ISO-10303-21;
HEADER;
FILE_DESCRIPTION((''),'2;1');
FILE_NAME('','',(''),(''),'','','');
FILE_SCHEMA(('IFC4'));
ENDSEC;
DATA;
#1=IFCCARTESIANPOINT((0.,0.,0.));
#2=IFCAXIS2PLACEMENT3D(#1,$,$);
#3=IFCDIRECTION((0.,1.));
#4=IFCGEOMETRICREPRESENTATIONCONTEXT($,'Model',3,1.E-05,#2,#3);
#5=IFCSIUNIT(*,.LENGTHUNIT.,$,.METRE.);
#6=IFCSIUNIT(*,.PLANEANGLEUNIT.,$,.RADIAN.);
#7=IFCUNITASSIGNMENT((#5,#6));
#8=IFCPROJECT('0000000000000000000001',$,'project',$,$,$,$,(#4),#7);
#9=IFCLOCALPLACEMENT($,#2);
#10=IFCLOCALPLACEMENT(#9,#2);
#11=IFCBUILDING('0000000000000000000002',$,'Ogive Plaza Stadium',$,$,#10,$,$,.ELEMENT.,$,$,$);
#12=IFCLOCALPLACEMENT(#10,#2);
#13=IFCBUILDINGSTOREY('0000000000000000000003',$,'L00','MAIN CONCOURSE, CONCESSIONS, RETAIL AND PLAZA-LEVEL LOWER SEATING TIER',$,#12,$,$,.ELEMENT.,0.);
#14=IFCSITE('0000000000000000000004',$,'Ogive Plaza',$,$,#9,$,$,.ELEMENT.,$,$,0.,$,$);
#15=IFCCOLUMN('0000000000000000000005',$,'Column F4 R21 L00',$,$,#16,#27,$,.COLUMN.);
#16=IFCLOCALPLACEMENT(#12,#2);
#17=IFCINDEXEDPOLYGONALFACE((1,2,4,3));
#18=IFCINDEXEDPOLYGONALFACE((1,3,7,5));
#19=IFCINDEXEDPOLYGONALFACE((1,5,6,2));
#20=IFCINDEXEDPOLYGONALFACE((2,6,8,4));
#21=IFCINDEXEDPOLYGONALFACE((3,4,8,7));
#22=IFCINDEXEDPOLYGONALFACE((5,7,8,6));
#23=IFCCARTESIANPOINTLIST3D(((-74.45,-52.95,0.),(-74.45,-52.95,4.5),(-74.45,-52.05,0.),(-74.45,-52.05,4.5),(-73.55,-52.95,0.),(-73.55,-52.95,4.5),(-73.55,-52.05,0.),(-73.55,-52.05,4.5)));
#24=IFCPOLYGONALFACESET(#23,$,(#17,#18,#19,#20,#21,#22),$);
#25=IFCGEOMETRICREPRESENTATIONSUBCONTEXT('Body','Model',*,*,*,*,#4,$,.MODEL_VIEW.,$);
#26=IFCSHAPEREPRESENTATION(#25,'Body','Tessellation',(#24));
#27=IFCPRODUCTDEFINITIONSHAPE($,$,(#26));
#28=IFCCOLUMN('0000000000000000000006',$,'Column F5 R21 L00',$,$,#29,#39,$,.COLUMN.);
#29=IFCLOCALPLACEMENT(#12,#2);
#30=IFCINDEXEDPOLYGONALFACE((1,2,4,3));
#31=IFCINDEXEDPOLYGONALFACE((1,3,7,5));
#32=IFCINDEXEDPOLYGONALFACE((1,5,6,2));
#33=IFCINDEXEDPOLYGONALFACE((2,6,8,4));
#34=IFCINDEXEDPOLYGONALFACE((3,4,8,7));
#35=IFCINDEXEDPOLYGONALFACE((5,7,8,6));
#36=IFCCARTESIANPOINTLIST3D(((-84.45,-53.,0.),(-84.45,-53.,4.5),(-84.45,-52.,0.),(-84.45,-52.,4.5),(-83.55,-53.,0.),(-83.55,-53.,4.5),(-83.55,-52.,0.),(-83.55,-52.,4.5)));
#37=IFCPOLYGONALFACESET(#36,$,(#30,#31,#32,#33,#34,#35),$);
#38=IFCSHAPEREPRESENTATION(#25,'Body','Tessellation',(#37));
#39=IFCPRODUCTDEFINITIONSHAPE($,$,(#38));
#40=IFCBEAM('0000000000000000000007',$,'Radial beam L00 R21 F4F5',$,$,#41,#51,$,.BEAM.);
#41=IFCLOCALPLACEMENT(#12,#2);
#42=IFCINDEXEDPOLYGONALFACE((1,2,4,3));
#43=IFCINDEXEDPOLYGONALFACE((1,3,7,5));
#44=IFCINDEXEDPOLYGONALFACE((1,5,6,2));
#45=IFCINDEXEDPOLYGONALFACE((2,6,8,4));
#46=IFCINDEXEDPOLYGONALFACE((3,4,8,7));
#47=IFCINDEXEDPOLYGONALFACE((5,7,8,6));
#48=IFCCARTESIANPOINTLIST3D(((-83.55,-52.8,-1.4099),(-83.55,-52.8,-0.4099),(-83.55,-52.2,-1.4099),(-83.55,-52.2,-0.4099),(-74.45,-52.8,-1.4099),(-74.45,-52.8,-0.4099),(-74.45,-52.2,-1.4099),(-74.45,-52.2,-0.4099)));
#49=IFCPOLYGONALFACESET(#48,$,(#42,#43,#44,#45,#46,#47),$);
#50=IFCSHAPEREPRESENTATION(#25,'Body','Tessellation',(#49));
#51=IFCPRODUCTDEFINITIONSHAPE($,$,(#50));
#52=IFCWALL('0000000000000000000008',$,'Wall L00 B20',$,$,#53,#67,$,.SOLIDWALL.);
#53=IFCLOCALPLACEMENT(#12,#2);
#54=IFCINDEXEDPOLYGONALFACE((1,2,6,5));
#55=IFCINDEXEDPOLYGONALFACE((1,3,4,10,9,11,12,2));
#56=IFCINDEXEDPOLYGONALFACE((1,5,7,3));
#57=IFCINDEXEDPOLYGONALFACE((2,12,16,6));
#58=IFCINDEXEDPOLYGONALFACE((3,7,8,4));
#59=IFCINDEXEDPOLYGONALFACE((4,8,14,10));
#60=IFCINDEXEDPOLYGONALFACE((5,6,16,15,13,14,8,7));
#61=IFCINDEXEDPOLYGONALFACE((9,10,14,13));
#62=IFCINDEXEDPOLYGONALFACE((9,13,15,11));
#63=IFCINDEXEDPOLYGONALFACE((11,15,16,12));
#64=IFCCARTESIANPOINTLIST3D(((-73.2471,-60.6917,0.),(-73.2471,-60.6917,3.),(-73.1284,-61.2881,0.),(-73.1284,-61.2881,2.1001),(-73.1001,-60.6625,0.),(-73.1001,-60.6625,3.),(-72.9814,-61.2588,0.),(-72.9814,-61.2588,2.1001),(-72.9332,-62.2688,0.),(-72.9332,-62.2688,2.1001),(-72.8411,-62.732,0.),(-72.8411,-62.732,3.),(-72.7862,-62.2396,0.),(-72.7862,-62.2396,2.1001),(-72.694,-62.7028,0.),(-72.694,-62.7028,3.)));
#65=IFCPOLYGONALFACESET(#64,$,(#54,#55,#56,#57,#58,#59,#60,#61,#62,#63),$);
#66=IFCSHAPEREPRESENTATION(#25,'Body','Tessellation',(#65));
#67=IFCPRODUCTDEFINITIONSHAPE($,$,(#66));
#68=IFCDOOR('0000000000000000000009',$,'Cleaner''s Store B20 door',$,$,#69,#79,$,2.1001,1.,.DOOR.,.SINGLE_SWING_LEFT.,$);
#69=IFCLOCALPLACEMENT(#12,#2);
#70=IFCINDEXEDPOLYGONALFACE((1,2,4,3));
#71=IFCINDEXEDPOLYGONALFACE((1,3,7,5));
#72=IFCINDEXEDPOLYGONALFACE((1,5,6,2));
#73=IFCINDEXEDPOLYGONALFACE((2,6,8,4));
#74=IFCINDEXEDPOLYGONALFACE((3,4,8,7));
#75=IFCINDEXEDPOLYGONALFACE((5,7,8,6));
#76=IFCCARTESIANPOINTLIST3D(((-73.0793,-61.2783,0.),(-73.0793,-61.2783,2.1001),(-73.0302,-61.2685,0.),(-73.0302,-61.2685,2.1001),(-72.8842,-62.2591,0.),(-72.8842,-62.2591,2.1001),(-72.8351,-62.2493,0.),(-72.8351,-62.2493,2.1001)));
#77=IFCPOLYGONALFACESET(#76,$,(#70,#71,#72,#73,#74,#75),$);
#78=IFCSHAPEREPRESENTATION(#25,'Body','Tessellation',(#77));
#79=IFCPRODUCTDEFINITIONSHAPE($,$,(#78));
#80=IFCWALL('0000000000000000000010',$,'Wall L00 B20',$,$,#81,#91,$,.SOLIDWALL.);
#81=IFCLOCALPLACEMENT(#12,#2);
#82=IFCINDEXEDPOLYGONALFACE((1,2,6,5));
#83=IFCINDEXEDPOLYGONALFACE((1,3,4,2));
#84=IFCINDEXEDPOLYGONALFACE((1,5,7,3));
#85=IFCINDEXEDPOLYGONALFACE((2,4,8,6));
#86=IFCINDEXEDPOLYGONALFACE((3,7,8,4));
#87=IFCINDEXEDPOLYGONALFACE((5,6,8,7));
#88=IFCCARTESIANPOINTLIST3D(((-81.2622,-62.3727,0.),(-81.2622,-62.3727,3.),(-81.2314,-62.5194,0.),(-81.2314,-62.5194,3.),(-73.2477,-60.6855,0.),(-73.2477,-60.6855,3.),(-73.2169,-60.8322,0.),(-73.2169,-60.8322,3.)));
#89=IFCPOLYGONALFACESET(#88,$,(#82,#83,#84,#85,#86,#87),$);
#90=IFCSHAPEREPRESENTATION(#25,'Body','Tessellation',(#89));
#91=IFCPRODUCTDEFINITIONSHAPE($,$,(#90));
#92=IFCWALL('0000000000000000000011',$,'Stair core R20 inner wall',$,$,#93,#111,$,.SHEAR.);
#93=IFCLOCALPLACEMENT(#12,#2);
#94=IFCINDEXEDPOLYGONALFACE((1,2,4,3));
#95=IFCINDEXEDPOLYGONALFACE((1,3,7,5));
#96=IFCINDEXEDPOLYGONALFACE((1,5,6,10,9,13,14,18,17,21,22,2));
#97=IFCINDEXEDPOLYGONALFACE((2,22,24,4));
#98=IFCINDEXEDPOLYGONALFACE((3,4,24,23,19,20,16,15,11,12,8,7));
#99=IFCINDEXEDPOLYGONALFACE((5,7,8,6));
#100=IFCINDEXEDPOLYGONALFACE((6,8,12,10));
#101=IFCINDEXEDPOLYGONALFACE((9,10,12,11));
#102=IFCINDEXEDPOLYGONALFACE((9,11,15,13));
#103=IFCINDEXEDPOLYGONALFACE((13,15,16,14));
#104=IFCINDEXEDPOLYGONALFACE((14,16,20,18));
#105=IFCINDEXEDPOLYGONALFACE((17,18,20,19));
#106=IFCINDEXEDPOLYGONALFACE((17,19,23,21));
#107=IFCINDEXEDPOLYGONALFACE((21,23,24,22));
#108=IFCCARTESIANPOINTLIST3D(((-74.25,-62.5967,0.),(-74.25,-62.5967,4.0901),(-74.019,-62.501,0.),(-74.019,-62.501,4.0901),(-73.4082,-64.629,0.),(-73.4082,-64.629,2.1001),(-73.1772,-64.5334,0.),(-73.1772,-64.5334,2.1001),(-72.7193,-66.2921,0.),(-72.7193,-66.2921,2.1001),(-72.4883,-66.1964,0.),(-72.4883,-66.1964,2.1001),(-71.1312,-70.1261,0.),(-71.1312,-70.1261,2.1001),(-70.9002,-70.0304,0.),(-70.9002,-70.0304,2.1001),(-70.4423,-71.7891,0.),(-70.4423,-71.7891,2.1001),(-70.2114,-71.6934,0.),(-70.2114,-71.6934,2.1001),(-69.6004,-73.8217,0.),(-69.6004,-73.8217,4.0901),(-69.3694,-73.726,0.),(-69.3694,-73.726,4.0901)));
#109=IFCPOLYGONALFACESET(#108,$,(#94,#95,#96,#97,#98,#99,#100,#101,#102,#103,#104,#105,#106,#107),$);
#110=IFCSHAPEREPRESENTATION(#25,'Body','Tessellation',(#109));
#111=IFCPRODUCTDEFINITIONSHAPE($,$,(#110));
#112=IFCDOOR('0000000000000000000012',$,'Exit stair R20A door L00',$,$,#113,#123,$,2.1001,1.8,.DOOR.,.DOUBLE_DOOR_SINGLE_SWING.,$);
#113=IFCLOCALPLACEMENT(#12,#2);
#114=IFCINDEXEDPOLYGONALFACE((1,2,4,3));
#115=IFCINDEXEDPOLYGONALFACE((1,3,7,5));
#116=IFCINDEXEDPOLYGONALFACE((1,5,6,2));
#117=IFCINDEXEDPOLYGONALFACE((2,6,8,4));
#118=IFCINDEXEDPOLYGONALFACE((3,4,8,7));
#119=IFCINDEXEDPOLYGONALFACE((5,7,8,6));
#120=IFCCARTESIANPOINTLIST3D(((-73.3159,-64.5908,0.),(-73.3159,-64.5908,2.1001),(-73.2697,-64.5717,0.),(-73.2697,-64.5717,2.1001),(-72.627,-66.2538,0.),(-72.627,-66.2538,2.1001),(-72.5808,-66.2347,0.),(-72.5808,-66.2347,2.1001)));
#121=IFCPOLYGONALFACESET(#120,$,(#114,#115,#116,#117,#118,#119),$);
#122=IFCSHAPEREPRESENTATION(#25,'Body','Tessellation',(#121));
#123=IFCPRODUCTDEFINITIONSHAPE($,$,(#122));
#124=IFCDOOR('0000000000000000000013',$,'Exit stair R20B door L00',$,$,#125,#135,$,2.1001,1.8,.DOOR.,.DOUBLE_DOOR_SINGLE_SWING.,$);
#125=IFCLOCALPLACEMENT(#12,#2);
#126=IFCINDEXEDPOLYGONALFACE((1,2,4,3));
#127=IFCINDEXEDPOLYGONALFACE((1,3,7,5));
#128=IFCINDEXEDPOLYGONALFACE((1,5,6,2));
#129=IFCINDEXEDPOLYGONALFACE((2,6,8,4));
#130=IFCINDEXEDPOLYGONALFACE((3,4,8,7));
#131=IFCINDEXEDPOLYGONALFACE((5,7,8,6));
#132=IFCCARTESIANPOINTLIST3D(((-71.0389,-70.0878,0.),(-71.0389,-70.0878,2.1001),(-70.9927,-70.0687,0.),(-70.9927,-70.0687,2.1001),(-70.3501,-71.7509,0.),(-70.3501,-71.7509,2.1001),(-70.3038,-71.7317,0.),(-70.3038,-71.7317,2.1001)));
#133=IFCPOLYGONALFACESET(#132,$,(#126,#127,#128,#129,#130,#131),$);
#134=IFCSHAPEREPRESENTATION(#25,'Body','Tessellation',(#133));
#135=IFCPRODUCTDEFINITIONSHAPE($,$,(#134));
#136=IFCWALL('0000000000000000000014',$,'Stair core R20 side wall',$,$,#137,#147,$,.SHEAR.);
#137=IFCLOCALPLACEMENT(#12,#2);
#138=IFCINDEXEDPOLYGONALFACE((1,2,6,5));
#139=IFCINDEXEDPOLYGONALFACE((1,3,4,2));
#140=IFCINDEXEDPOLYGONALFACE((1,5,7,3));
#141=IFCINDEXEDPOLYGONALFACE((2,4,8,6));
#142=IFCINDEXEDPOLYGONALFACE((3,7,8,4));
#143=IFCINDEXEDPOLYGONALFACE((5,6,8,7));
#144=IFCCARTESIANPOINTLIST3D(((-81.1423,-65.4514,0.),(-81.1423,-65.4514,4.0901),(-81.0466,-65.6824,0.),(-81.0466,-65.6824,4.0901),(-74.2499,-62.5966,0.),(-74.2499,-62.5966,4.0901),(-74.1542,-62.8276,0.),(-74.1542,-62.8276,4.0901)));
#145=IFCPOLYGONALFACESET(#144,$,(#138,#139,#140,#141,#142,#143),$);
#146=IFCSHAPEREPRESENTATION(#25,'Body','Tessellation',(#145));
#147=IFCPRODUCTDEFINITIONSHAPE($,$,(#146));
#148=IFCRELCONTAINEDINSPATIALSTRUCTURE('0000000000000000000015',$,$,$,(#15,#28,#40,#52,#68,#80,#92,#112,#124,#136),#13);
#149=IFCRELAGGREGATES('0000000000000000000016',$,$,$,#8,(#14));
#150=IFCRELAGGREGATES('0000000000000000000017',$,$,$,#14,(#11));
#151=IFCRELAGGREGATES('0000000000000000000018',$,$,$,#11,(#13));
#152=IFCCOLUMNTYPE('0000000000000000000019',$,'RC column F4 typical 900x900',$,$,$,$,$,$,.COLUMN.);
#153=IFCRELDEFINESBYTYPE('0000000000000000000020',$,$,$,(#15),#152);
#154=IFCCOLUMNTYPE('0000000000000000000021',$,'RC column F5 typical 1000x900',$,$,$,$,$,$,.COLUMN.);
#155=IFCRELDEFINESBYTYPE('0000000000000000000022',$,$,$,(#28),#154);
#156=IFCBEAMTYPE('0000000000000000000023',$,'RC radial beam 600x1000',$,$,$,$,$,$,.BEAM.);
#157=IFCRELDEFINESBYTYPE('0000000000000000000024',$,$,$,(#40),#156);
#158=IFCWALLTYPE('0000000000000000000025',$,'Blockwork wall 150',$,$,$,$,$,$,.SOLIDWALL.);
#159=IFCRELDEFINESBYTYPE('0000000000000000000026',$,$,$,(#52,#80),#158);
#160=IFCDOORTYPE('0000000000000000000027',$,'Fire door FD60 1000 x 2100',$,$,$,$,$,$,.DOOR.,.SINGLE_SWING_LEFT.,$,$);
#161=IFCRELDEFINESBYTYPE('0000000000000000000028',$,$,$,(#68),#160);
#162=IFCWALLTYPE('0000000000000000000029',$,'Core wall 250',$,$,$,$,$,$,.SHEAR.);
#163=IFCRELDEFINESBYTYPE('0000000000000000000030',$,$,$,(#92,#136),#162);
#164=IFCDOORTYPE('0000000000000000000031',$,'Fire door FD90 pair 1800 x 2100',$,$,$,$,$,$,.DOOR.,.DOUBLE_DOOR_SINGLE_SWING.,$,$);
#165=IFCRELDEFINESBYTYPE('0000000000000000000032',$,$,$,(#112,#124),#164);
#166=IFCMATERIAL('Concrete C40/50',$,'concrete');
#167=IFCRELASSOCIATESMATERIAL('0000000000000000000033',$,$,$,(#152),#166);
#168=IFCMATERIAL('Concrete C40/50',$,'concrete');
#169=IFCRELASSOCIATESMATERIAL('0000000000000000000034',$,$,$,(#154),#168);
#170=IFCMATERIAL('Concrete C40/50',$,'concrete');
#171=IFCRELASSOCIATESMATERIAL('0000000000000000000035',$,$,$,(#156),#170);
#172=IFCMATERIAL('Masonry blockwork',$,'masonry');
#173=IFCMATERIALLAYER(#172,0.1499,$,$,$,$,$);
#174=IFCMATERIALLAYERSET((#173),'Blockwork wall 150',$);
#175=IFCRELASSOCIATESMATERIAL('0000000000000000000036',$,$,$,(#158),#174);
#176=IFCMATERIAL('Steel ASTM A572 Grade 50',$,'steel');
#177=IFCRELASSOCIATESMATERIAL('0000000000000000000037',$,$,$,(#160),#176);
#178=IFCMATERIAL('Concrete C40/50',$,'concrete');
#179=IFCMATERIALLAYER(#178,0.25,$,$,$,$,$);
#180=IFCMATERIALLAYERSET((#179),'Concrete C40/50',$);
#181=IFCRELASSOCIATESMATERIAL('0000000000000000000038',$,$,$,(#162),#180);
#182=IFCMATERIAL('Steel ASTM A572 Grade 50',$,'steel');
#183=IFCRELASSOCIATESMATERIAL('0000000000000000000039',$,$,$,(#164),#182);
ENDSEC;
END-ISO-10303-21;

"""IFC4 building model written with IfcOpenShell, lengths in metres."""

from ifc_helpers import new_model, si_unit, direction, frame, frame_2d, origin, origin_2d, place, context, subcontext, project, spatial, rectangle, extrude, material, layer, layer_set, material_profile, profile_set, type_object, element, fill, save


model = new_model("IFC4")

# Units and contexts
model_context = context("Model", 3, precision=1e-05, world=origin(), true_north=direction((0.0, 1.0)))
body_context = subcontext(model_context, "Body", "Model", "MODEL_VIEW")
ifc_project = project(units=[si_unit("LENGTHUNIT", "METRE"), si_unit("PLANEANGLEUNIT", "RADIAN")], contexts=[model_context])

# Site, building, storey
site_placement = place(None, origin())
site = spatial("IfcSite", under=ifc_project, at=site_placement, Name="Ogive Plaza", CompositionType="ELEMENT", RefElevation=0.0)
building_placement = place(site_placement, origin())
building = spatial("IfcBuilding", under=site, at=building_placement, Name="Ogive Plaza Stadium", CompositionType="ELEMENT")
storey_placement = place(building_placement, origin())
storey = spatial("IfcBuildingStorey", under=building, at=storey_placement, Name="L00", Description="MAIN CONCOURSE, CONCESSIONS, RETAIL AND PLAZA-LEVEL LOWER SEATING TIER", CompositionType="ELEMENT", Elevation=0.0)

# Columns
ifc_material_1 = material(Name="Concrete C40/50", Category="concrete")
ifc_material_profile_1 = material_profile(ifc_material_1, rectangle(XDim=0.8999, YDim=0.8999, at=origin_2d()), Name="RC 900x900")
ifc_profile_set_1 = profile_set([ifc_material_profile_1], Name="Concrete C40/50")
column_type_1 = type_object("IfcColumnType", Name="RC column F4 typical 900x900", PredefinedType="COLUMN", material=ifc_profile_set_1)
column_1_placement = place(storey_placement, frame((-74.0, -52.5, 0.0), z_axis=(0.0, 0.0, 1.0), x_axis=(0.0, -1.0, 0.0)))
element("IfcColumn", 1, at=column_1_placement, inside=storey, type_object=column_type_1, Name="Column F4 R21 L00", PredefinedType="COLUMN", context=body_context, shape_type="SweptSolid", body=[
    extrude(rectangle(XDim=0.8999, YDim=0.8999, at=origin_2d()), origin(), (0.0, 0.0, 1.0), 4.5),
])
ifc_material_2 = material(Name="Concrete C40/50", Category="concrete")
ifc_material_profile_2 = material_profile(ifc_material_2, rectangle(XDim=1.0, YDim=0.8999, at=origin_2d()), Name="RC 1000x900")
ifc_profile_set_2 = profile_set([ifc_material_profile_2], Name="Concrete C40/50")
column_type_2 = type_object("IfcColumnType", Name="RC column F5 typical 1000x900", PredefinedType="COLUMN", material=ifc_profile_set_2)
column_2_placement = place(storey_placement, frame((-84.0, -52.5, 0.0), z_axis=(0.0, 0.0, 1.0), x_axis=(0.0, -1.0, 0.0)))
element("IfcColumn", 2, at=column_2_placement, inside=storey, type_object=column_type_2, Name="Column F5 R21 L00", PredefinedType="COLUMN", context=body_context, shape_type="SweptSolid", body=[
    extrude(rectangle(XDim=1.0, YDim=0.8999, at=origin_2d()), origin(), (0.0, 0.0, 1.0), 4.5),
])

# Beam
ifc_material_3 = material(Name="Concrete C40/50", Category="concrete")
ifc_material_profile_3 = material_profile(ifc_material_3, rectangle(XDim=0.6001, YDim=1.0, at=origin_2d()), Name="RC 600x1000")
ifc_profile_set_3 = profile_set([ifc_material_profile_3], Name="Concrete C40/50")
beam_type = type_object("IfcBeamType", Name="RC radial beam 600x1000", PredefinedType="BEAM", material=ifc_profile_set_3)
beam_placement = place(storey_placement, frame((-74.45, -52.5, -0.9099), z_axis=(-1.0, 0.0, 0.0), x_axis=(0.0, -1.0, 0.0)))
element("IfcBeam", 3, at=beam_placement, inside=storey, type_object=beam_type, Name="Radial beam L00 R21 F4F5", PredefinedType="BEAM", context=body_context, shape_type="SweptSolid", body=[
    extrude(rectangle(XDim=0.6001, YDim=1.0, at=origin_2d()), origin(), (0.0, 0.0, 1.0), 9.1001),
])

# Wall, opening, door
ifc_material_4 = material(Name="Masonry blockwork", Category="masonry")
ifc_layer_1 = layer(ifc_material_4, 0.1499)
ifc_layer_set_1 = layer_set([ifc_layer_1], Name="Blockwork wall 150")
wall_type_1 = type_object("IfcWallType", Name="Blockwork wall 150", PredefinedType="SOLIDWALL", material=ifc_layer_set_1)
wall_1_placement = place(storey_placement, frame((-72.7676, -62.7173, 0.0), z_axis=(0.0, 0.0, 1.0), x_axis=(-0.195168, 0.98077, 0.0)))
wall_1 = element("IfcWall", 4, at=wall_1_placement, inside=storey, type_object=wall_type_1, Name="Wall L00 B20", PredefinedType="SOLIDWALL", context=body_context, shape_type="SweptSolid", body=[
    extrude(rectangle(XDim=2.0803, YDim=0.1499, at=frame_2d((1.04, 0.0))), origin(), (0.0, 0.0, 1.0), 3.0),
])
opening_1_placement = place(wall_1_placement, frame((0.4722, 0.0, 0.0)))
opening_1 = element("IfcOpeningElement", 5, at=opening_1_placement, cuts=wall_1, PredefinedType="OPENING", context=body_context, shape_type="SweptSolid", body=[
    extrude(rectangle(XDim=1.0, YDim=2.1001, at=frame_2d((0.5, 1.05))), frame((0.0, 0.075, 0.0), z_axis=(0.0, -1.0, 0.0), x_axis=(1.0, 0.0, 0.0)), (0.0, 0.0, 1.0), 0.1499),
])
ifc_material_5 = material(Name="Steel ASTM A572 Grade 50", Category="steel")
door_type_1 = type_object("IfcDoorType", Name="Fire door FD60 1000 x 2100", OperationType="SINGLE_SWING_LEFT", PredefinedType="DOOR", material=ifc_material_5)
door_1_placement = place(opening_1_placement, origin())
door_1 = element("IfcDoor", 6, at=door_1_placement, inside=storey, type_object=door_type_1, Name="Cleaner's Store B20 door", OperationType="SINGLE_SWING_LEFT", OverallHeight=2.1001, OverallWidth=1.0, PredefinedType="DOOR", context=body_context, shape_type="SweptSolid", body=[
    extrude(rectangle(XDim=1.0, YDim=2.1001, at=frame_2d((0.5, 1.05))), frame((0.0, 0.0249, 0.0), z_axis=(0.0, -1.0, 0.0), x_axis=(1.0, 0.0, 0.0)), (0.0, 0.0, 1.0), 0.05),
])
fill(opening_1, door_1)

# Wall
wall_2_placement = place(storey_placement, frame((-73.2322, -60.7588, 0.0), z_axis=(0.0, 0.0, 1.0), x_axis=(-0.978549, -0.206012, 0.0)))
element("IfcWall", 7, at=wall_2_placement, inside=storey, type_object=wall_type_1, Name="Wall L00 B20", PredefinedType="SOLIDWALL", context=body_context, shape_type="SweptSolid", body=[
    extrude(rectangle(XDim=8.1902, YDim=0.1499, at=frame_2d((4.0952, 0.0))), origin(), (0.0, 0.0, 1.0), 3.0),
])

# Wall, openings, doors
ifc_material_6 = material(Name="Concrete C40/50", Category="concrete")
ifc_layer_2 = layer(ifc_material_6, 0.25)
ifc_layer_set_2 = layer_set([ifc_layer_2], Name="Concrete C40/50")
wall_type_2 = type_object("IfcWallType", Name="Core wall 250", PredefinedType="SHEAR", material=ifc_layer_set_2)
wall_3_placement = place(storey_placement, frame((-74.1345, -62.5488, 0.0), z_axis=(0.0, 0.0, 1.0), x_axis=(0.382688, -0.923877, 0.0)))
wall_3 = element("IfcWall", 8, at=wall_3_placement, inside=storey, type_object=wall_type_2, Name="Stair core R20 inner wall", PredefinedType="SHEAR", context=body_context, shape_type="SweptSolid", body=[
    extrude(rectangle(XDim=12.1499, YDim=0.25, at=frame_2d((6.075, 0.0))), origin(), (0.0, 0.0, 1.0), 4.0901),
])
opening_2_placement = place(wall_3_placement, frame((2.2, 0.0, 0.0)))
opening_2 = element("IfcOpeningElement", 9, at=opening_2_placement, cuts=wall_3, PredefinedType="OPENING", context=body_context, shape_type="SweptSolid", body=[
    extrude(rectangle(XDim=1.8, YDim=2.1001, at=frame_2d((0.8999, 1.05))), frame((0.0, 0.125, 0.0), z_axis=(0.0, -1.0, 0.0), x_axis=(1.0, 0.0, 0.0)), (0.0, 0.0, 1.0), 0.25),
])
opening_3_placement = place(wall_3_placement, frame((8.1499, 0.0, 0.0)))
opening_3 = element("IfcOpeningElement", 10, at=opening_3_placement, cuts=wall_3, PredefinedType="OPENING", context=body_context, shape_type="SweptSolid", body=[
    extrude(rectangle(XDim=1.8, YDim=2.1001, at=frame_2d((0.8999, 1.05))), frame((0.0, 0.125, 0.0), z_axis=(0.0, -1.0, 0.0), x_axis=(1.0, 0.0, 0.0)), (0.0, 0.0, 1.0), 0.25),
])
ifc_material_7 = material(Name="Steel ASTM A572 Grade 50", Category="steel")
door_type_2 = type_object("IfcDoorType", Name="Fire door FD90 pair 1800 x 2100", OperationType="DOUBLE_DOOR_SINGLE_SWING", PredefinedType="DOOR", material=ifc_material_7)
door_2_placement = place(opening_2_placement, origin())
door_2 = element("IfcDoor", 11, at=door_2_placement, inside=storey, type_object=door_type_2, Name="Exit stair R20A door L00", OperationType="DOUBLE_DOOR_SINGLE_SWING", OverallHeight=2.1001, OverallWidth=1.8, PredefinedType="DOOR", context=body_context, shape_type="SweptSolid", body=[
    extrude(rectangle(XDim=1.8, YDim=2.1001, at=frame_2d((0.8999, 1.05))), frame((0.0, 0.0249, 0.0), z_axis=(0.0, -1.0, 0.0), x_axis=(1.0, 0.0, 0.0)), (0.0, 0.0, 1.0), 0.05),
])
fill(opening_2, door_2)
door_3_placement = place(opening_3_placement, origin())
door_3 = element("IfcDoor", 12, at=door_3_placement, inside=storey, type_object=door_type_2, Name="Exit stair R20B door L00", OperationType="DOUBLE_DOOR_SINGLE_SWING", OverallHeight=2.1001, OverallWidth=1.8, PredefinedType="DOOR", context=body_context, shape_type="SweptSolid", body=[
    extrude(rectangle(XDim=1.8, YDim=2.1001, at=frame_2d((0.8999, 1.05))), frame((0.0, 0.0249, 0.0), z_axis=(0.0, -1.0, 0.0), x_axis=(1.0, 0.0, 0.0)), (0.0, 0.0, 1.0), 0.05),
])
fill(opening_3, door_3)

# Wall
wall_4_placement = place(storey_placement, frame((-74.2021, -62.7122, 0.0), z_axis=(0.0, 0.0, 1.0), x_axis=(-0.923887, -0.382665, 0.0)))
element("IfcWall", 13, at=wall_4_placement, inside=storey, type_object=wall_type_2, Name="Stair core R20 side wall", PredefinedType="SHEAR", context=body_context, shape_type="SweptSolid", body=[
    extrude(rectangle(XDim=7.4602, YDim=0.25, at=frame_2d((3.73, 0.0))), origin(), (0.0, 0.0, 1.0), 4.0901),
])

save(model, "model.ifc")
